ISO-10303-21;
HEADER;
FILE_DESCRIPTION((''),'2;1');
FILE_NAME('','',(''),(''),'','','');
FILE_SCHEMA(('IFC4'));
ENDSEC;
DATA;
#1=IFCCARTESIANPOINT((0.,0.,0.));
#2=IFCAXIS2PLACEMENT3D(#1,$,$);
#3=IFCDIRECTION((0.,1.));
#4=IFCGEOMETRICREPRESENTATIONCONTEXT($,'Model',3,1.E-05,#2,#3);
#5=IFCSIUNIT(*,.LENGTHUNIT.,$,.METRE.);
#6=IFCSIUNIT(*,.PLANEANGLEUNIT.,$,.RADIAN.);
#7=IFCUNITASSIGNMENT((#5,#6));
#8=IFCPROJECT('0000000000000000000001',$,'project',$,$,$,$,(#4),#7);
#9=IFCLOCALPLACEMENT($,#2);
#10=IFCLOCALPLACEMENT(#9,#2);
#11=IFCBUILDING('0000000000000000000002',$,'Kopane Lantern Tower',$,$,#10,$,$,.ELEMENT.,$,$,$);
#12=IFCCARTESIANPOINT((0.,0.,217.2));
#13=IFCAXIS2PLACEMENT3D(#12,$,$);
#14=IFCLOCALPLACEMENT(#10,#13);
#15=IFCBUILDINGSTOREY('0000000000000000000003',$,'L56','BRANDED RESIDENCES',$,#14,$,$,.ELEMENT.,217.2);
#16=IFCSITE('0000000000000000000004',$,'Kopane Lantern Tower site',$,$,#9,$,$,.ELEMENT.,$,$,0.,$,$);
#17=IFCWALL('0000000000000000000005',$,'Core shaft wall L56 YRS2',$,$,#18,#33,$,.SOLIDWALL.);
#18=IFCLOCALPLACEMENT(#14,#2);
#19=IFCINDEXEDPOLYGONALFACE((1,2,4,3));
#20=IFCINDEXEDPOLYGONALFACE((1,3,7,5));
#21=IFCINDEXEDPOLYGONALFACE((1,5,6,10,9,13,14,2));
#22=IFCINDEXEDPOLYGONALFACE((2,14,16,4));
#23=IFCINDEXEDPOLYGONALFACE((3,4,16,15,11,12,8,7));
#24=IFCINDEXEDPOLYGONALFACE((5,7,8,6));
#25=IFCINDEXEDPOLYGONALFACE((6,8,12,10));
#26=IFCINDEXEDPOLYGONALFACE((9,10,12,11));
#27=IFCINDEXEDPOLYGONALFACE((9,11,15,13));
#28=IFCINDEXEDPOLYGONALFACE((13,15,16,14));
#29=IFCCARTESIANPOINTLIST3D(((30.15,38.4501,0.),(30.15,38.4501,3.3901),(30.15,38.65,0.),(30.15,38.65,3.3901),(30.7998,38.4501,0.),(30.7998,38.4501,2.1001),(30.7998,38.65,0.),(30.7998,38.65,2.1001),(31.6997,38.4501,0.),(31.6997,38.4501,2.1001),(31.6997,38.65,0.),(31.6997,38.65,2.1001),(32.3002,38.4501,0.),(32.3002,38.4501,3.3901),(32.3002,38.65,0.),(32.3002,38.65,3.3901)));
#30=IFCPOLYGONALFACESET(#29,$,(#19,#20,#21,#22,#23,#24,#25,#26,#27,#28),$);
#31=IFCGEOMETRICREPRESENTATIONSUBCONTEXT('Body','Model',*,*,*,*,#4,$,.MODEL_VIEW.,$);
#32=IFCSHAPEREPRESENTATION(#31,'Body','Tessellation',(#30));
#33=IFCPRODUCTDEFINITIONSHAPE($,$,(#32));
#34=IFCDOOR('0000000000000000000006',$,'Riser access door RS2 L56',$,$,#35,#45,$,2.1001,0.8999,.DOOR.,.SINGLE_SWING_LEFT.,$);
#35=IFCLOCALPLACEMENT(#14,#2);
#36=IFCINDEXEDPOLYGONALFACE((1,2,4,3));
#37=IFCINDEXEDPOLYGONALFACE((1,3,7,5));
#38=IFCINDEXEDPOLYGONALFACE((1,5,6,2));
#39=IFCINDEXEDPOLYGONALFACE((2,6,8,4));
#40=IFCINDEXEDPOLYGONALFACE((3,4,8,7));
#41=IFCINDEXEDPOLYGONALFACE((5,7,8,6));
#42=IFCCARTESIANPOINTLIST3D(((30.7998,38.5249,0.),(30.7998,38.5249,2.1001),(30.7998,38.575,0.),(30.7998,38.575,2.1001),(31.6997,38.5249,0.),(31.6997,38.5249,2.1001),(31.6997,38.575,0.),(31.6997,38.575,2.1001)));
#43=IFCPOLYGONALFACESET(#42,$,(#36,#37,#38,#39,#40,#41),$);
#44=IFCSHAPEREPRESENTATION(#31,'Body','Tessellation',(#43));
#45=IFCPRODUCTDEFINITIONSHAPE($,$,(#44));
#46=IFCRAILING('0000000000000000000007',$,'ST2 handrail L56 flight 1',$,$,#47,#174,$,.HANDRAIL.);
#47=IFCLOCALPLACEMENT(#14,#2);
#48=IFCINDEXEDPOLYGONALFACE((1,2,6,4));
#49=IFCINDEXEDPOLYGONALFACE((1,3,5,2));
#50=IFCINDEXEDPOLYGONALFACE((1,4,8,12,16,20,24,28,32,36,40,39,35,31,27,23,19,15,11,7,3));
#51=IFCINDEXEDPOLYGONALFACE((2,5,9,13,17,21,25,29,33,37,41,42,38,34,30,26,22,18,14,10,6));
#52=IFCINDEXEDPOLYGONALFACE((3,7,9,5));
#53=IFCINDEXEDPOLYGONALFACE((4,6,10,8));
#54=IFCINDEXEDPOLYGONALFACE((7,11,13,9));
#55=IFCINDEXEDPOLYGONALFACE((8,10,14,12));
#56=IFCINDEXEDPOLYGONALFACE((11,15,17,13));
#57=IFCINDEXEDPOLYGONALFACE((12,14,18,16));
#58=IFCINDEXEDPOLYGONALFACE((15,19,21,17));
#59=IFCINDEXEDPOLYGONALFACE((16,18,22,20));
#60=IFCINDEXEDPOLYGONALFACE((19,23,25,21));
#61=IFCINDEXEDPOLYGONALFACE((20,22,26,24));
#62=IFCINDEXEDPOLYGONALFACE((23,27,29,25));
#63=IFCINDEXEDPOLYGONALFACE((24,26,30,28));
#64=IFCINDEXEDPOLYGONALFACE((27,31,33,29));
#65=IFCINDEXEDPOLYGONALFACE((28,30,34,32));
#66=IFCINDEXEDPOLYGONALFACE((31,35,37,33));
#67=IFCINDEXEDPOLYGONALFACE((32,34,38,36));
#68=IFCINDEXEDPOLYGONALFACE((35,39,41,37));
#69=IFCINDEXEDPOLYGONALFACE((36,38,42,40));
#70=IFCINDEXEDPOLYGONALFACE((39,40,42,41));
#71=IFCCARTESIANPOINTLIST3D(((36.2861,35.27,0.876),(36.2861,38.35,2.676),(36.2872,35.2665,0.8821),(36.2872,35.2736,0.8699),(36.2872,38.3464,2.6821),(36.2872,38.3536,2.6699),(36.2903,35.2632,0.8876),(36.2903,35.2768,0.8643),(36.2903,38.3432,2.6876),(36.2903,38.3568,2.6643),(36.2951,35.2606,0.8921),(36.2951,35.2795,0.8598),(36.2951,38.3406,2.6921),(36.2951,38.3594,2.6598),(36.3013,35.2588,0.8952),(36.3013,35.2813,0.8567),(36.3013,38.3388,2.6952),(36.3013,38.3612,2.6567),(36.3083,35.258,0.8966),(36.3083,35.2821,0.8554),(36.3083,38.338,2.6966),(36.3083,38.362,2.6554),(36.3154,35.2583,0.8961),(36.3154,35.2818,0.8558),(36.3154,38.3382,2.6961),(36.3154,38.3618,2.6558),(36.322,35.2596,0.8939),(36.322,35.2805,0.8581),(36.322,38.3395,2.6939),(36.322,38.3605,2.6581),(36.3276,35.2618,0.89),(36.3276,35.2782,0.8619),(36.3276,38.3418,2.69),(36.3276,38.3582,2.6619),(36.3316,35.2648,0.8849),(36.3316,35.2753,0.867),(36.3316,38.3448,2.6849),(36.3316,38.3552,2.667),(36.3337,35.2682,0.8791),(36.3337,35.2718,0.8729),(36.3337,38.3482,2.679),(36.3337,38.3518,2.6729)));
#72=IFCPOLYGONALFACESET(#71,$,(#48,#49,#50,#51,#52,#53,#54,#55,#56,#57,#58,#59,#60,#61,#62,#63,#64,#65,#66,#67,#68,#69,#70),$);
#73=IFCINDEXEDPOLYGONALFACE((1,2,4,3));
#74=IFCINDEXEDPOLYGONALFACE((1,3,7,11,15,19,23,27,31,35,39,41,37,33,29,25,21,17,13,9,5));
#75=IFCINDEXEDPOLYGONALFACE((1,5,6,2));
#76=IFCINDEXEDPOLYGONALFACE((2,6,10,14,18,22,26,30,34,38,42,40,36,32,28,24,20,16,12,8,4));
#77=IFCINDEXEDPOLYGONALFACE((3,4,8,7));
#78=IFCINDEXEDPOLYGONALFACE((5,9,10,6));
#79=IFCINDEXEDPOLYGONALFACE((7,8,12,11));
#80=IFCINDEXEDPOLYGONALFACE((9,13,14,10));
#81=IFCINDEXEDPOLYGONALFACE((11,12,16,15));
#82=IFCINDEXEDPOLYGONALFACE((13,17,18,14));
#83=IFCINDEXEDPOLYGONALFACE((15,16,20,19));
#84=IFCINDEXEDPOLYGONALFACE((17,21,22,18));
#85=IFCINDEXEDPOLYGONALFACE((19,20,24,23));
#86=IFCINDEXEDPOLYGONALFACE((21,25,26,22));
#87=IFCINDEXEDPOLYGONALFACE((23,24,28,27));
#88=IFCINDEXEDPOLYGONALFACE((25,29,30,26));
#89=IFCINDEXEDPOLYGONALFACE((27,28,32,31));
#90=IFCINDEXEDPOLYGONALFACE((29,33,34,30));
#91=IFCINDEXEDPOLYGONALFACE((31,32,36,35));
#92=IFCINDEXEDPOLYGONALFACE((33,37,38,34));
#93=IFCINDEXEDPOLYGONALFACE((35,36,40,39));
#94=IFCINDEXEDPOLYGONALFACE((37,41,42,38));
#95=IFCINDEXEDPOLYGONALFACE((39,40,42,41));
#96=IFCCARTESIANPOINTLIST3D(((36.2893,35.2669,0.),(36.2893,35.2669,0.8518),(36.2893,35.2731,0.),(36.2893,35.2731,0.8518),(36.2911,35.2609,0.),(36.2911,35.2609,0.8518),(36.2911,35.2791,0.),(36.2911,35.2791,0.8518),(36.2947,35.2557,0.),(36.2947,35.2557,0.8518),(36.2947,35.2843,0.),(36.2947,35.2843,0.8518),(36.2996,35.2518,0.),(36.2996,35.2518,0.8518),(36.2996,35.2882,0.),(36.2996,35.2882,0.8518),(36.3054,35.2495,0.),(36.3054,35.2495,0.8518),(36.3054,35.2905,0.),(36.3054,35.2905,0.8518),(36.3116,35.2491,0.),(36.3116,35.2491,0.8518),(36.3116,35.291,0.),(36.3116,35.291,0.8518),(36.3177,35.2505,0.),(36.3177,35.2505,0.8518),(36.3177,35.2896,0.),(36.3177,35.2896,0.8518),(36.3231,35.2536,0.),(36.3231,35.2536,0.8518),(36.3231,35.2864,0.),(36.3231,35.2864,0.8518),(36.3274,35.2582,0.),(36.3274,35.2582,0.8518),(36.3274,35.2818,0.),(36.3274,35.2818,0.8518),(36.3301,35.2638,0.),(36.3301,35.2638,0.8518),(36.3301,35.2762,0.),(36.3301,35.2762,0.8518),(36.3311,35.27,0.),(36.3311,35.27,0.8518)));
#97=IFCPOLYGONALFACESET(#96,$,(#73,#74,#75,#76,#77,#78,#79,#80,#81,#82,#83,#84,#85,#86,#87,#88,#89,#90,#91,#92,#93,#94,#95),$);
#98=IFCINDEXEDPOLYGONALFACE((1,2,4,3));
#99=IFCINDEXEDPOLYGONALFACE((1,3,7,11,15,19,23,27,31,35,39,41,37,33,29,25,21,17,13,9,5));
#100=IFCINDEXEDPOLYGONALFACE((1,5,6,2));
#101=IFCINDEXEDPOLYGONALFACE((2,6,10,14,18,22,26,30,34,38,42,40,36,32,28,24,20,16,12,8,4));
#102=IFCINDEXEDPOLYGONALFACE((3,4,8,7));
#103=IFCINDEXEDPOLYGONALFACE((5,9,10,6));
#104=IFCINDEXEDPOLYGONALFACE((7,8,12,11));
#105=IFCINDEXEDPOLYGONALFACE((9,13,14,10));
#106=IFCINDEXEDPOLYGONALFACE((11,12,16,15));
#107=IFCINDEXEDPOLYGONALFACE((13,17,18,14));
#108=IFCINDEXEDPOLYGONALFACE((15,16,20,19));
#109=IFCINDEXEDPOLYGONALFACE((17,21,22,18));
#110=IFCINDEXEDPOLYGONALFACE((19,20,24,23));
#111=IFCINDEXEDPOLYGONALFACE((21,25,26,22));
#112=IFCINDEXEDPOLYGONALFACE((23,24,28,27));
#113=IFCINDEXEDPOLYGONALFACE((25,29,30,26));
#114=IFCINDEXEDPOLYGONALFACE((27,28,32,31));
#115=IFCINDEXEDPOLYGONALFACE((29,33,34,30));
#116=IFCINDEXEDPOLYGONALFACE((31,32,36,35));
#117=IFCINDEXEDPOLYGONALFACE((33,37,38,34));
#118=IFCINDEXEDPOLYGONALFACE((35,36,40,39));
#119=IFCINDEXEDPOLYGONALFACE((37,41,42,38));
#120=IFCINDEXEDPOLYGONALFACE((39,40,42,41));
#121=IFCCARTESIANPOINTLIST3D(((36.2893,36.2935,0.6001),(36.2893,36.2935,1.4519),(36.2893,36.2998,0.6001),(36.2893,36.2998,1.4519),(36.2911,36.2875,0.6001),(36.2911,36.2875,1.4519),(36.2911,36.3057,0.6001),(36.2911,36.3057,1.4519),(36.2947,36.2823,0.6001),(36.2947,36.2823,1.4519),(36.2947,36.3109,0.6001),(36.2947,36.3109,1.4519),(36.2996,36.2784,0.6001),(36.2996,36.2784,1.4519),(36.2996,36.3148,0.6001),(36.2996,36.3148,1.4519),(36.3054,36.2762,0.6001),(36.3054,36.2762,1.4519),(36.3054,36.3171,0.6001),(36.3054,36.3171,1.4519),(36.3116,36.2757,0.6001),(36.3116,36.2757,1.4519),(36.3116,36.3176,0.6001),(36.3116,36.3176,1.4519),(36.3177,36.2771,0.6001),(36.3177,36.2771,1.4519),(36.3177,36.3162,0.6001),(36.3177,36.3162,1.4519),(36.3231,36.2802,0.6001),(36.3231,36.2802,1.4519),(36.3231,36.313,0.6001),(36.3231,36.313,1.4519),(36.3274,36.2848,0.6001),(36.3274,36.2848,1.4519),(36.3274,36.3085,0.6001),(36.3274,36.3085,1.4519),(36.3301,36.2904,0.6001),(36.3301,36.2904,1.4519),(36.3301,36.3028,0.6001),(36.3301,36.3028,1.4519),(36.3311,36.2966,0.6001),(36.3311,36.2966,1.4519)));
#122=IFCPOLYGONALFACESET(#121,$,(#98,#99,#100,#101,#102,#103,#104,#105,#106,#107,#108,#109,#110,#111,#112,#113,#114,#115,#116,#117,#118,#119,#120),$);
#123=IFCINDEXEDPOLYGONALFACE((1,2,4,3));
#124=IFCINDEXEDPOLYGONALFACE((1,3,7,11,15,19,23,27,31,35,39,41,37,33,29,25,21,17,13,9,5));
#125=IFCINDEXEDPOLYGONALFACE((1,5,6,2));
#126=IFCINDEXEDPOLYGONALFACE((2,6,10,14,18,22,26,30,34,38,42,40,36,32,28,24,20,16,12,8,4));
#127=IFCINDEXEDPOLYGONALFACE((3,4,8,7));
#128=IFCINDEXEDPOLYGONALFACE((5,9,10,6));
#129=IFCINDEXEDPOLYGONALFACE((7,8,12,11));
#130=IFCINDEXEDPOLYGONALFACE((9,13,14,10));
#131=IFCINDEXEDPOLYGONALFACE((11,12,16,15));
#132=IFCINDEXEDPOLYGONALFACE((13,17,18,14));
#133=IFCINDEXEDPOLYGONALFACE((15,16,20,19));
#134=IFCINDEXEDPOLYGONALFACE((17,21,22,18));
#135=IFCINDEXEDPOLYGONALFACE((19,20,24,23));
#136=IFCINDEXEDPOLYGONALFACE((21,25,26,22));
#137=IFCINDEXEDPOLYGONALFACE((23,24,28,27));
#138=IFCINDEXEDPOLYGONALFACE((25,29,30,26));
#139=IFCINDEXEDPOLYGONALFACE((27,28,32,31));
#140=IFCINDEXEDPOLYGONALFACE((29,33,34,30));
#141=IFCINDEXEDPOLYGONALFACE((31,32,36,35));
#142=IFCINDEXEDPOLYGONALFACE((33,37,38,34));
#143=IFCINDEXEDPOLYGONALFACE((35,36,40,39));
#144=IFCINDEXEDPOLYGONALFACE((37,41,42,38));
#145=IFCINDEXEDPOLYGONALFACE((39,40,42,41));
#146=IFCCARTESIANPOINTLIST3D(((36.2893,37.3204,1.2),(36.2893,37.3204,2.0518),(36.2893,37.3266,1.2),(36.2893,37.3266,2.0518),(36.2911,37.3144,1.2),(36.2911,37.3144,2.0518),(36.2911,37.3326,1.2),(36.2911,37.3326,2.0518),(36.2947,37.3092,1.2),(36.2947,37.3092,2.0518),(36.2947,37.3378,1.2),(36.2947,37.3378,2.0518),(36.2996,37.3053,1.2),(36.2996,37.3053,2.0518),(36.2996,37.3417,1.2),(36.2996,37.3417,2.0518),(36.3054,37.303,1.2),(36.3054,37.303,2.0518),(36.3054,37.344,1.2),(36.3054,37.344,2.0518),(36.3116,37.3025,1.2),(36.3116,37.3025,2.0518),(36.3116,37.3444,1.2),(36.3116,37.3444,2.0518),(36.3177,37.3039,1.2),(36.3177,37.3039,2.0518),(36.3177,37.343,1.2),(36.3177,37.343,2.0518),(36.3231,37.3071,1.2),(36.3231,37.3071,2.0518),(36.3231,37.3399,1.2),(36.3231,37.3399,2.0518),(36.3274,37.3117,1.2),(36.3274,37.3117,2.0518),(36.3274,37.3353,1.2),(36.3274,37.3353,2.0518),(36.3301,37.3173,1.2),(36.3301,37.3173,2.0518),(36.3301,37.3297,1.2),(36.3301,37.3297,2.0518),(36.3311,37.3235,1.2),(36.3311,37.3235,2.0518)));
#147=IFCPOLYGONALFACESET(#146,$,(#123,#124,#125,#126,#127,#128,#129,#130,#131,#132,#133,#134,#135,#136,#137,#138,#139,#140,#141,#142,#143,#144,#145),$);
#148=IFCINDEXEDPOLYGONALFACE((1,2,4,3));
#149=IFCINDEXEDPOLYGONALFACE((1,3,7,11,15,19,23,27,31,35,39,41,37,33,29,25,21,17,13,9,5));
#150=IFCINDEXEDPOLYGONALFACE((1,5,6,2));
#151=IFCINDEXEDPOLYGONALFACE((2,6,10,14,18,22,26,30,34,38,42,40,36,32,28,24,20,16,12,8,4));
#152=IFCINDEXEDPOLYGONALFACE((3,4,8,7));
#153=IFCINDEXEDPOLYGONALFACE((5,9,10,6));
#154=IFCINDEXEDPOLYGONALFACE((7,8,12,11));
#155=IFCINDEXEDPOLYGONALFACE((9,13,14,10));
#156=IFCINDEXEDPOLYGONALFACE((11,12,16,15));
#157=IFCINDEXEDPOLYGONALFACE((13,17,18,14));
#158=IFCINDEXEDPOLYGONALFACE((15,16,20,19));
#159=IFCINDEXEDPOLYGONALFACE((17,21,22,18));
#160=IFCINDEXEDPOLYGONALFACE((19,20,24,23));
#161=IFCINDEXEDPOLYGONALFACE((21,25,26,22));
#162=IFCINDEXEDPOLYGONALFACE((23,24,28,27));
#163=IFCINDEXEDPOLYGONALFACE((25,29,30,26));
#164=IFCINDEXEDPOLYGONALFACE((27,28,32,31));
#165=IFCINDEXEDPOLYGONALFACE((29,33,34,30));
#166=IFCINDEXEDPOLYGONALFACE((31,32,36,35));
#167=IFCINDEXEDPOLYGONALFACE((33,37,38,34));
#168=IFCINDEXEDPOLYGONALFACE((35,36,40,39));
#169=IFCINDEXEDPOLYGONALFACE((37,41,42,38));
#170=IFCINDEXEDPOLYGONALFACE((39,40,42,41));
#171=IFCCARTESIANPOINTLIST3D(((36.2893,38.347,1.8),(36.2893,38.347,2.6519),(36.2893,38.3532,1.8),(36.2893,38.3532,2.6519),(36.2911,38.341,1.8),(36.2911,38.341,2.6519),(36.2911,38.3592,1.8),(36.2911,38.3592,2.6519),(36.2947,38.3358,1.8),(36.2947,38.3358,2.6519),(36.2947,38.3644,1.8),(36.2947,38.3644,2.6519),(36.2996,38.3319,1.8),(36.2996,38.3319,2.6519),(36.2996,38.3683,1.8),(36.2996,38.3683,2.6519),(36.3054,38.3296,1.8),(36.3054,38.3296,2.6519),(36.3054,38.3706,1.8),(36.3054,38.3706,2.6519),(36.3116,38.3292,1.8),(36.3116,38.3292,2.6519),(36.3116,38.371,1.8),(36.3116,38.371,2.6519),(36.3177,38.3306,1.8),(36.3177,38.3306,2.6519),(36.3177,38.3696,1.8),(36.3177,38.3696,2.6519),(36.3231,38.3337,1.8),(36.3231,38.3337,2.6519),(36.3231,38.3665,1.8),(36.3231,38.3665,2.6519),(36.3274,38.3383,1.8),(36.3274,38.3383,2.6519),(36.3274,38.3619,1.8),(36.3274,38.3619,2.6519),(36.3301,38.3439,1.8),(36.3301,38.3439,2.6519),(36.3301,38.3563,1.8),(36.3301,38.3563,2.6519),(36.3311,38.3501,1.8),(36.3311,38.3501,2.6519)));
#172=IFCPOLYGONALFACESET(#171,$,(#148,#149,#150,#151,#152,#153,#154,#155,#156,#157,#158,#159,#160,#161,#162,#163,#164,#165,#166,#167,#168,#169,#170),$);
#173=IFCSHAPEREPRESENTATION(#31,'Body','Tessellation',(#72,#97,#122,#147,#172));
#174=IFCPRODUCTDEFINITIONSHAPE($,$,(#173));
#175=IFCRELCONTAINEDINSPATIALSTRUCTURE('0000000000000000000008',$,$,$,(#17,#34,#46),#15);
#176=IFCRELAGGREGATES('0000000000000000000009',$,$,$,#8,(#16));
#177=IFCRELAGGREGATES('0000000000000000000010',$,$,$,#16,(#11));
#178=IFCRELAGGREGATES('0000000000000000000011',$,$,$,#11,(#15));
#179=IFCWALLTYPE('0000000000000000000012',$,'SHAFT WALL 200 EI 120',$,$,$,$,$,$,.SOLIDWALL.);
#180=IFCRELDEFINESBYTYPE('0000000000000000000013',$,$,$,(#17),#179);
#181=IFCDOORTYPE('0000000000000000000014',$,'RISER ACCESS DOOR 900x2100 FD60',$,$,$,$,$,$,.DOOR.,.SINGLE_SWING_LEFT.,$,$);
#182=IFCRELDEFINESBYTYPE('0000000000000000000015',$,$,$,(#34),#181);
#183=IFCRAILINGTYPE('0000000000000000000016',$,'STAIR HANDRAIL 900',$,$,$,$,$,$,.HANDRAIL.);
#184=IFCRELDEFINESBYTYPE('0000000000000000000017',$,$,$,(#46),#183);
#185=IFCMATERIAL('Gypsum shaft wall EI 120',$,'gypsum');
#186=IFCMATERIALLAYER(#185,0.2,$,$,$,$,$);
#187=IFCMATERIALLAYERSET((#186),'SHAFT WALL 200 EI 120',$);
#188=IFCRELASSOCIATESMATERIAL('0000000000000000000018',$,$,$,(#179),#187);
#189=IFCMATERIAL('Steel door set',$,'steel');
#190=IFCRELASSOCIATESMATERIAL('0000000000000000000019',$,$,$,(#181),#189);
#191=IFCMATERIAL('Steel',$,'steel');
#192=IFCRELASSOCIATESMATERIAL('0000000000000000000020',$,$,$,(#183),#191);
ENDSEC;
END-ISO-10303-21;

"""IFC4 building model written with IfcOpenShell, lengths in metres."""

from ifc_helpers import new_model, si_unit, direction, frame, frame_2d, origin, origin_2d, place, context, subcontext, project, spatial, rectangle, circle, extrude, material, layer, layer_set, type_object, element, fill, save


model = new_model("IFC4")

# Units and contexts
model_context = context("Model", 3, precision=1e-05, world=origin(), true_north=direction((0.0, 1.0)))
body_context = subcontext(model_context, "Body", "Model", "MODEL_VIEW")
ifc_project = project(units=[si_unit("LENGTHUNIT", "METRE"), si_unit("PLANEANGLEUNIT", "RADIAN")], contexts=[model_context])

# Site, building, storey
site_placement = place(None, origin())
site = spatial("IfcSite", under=ifc_project, at=site_placement, Name="Kopane Lantern Tower site", CompositionType="ELEMENT", RefElevation=0.0)
building_placement = place(site_placement, origin())
building = spatial("IfcBuilding", under=site, at=building_placement, Name="Kopane Lantern Tower", CompositionType="ELEMENT")
storey_placement = place(building_placement, frame((0.0, 0.0, 217.2)))
storey = spatial("IfcBuildingStorey", under=building, at=storey_placement, Name="L56", Description="BRANDED RESIDENCES", CompositionType="ELEMENT", Elevation=217.2)

# Shared definitions
ifc_material_1 = material(Name="Gypsum shaft wall EI 120", Category="gypsum")
ifc_layer_1 = layer(ifc_material_1, 0.2)
ifc_layer_set_1 = layer_set([ifc_layer_1], Name="SHAFT WALL 200 EI 120")
wall_type_1 = type_object("IfcWallType", Name="SHAFT WALL 200 EI 120", PredefinedType="SOLIDWALL", material=ifc_layer_set_1)

# Wall, opening, door
wall_1_placement = place(storey_placement, frame((30.1499, 38.55, 0.0), z_axis=(0.0, 0.0, 1.0), x_axis=(1.0, 0.0, 0.0)))
wall_1 = element("IfcWall", 1, at=wall_1_placement, inside=storey, type_object=wall_type_1, Name="Core shaft wall L56 YRS2", PredefinedType="SOLIDWALL", context=body_context, shape_type="SweptSolid", body=[
    extrude(rectangle(XDim=2.1501, YDim=0.2, at=frame_2d((1.0752, 0.0))), origin(), (0.0, 0.0, 1.0), 3.3901),
])
opening_1_placement = place(wall_1_placement, frame((0.6499, 0.0, 0.0)))
opening_1 = element("IfcOpeningElement", 2, at=opening_1_placement, cuts=wall_1, PredefinedType="OPENING", context=body_context, shape_type="SweptSolid", body=[
    extrude(rectangle(XDim=0.8999, YDim=2.1001, at=frame_2d((0.45, 1.05))), frame((0.0, 0.1099, 0.0), z_axis=(0.0, -1.0, 0.0), x_axis=(1.0, 0.0, 0.0)), (0.0, 0.0, 1.0), 0.22),
])
ifc_material_2 = material(Name="Steel door set", Category="steel")
door_type_1 = type_object("IfcDoorType", Name="RISER ACCESS DOOR 900x2100 FD60", OperationType="SINGLE_SWING_LEFT", PredefinedType="DOOR", material=ifc_material_2)
door_1_placement = place(opening_1_placement, origin())
door_1 = element("IfcDoor", 3, at=door_1_placement, inside=storey, type_object=door_type_1, Name="Riser access door RS2 L56", OperationType="SINGLE_SWING_LEFT", OverallHeight=2.1001, OverallWidth=0.8999, PredefinedType="DOOR", context=body_context, shape_type="SweptSolid", body=[
    extrude(rectangle(XDim=0.8999, YDim=2.1001, at=frame_2d((0.45, 1.05))), frame((0.0, 0.0249, 0.0), z_axis=(0.0, -1.0, 0.0), x_axis=(1.0, 0.0, 0.0)), (0.0, 0.0, 1.0), 0.05),
])
fill(opening_1, door_1)

# Railing
ifc_material_3 = material(Name="Steel", Category="steel")
railing_type_1 = type_object("IfcRailingType", Name="STAIR HANDRAIL 900", PredefinedType="HANDRAIL", material=ifc_material_3)
for number, where, name in (
    (4, (36.3101, 35.27, 0.0), "ST2 handrail L56 flight 1"),
):
    element("IfcRailing", number, at=place(storey_placement, frame(where)), inside=storey, type_object=railing_type_1, Name=name, PredefinedType="HANDRAIL", context=body_context, shape_type="SweptSolid", body=[
        extrude(circle(Radius=0.0239, at=origin_2d()), frame((0.0, 0.0, 0.876), z_axis=(0.0, 0.863372, 0.504569), x_axis=(-1.0, 0.0, 0.0)), (0.0, 0.0, 1.0), 3.5674),
        extrude(circle(Radius=0.021, at=origin_2d()), origin(), (0.0, 0.0, 1.0), 0.8518),
        extrude(circle(Radius=0.021, at=origin_2d()), frame((0.0, 1.0266, 0.6001)), (0.0, 0.0, 1.0), 0.8518),
        extrude(circle(Radius=0.021, at=origin_2d()), frame((0.0, 2.0535, 1.2)), (0.0, 0.0, 1.0), 0.8518),
        extrude(circle(Radius=0.021, at=origin_2d()), frame((0.0, 3.0801, 1.8)), (0.0, 0.0, 1.0), 0.8518),
    ])

save(model, "model.ifc")
